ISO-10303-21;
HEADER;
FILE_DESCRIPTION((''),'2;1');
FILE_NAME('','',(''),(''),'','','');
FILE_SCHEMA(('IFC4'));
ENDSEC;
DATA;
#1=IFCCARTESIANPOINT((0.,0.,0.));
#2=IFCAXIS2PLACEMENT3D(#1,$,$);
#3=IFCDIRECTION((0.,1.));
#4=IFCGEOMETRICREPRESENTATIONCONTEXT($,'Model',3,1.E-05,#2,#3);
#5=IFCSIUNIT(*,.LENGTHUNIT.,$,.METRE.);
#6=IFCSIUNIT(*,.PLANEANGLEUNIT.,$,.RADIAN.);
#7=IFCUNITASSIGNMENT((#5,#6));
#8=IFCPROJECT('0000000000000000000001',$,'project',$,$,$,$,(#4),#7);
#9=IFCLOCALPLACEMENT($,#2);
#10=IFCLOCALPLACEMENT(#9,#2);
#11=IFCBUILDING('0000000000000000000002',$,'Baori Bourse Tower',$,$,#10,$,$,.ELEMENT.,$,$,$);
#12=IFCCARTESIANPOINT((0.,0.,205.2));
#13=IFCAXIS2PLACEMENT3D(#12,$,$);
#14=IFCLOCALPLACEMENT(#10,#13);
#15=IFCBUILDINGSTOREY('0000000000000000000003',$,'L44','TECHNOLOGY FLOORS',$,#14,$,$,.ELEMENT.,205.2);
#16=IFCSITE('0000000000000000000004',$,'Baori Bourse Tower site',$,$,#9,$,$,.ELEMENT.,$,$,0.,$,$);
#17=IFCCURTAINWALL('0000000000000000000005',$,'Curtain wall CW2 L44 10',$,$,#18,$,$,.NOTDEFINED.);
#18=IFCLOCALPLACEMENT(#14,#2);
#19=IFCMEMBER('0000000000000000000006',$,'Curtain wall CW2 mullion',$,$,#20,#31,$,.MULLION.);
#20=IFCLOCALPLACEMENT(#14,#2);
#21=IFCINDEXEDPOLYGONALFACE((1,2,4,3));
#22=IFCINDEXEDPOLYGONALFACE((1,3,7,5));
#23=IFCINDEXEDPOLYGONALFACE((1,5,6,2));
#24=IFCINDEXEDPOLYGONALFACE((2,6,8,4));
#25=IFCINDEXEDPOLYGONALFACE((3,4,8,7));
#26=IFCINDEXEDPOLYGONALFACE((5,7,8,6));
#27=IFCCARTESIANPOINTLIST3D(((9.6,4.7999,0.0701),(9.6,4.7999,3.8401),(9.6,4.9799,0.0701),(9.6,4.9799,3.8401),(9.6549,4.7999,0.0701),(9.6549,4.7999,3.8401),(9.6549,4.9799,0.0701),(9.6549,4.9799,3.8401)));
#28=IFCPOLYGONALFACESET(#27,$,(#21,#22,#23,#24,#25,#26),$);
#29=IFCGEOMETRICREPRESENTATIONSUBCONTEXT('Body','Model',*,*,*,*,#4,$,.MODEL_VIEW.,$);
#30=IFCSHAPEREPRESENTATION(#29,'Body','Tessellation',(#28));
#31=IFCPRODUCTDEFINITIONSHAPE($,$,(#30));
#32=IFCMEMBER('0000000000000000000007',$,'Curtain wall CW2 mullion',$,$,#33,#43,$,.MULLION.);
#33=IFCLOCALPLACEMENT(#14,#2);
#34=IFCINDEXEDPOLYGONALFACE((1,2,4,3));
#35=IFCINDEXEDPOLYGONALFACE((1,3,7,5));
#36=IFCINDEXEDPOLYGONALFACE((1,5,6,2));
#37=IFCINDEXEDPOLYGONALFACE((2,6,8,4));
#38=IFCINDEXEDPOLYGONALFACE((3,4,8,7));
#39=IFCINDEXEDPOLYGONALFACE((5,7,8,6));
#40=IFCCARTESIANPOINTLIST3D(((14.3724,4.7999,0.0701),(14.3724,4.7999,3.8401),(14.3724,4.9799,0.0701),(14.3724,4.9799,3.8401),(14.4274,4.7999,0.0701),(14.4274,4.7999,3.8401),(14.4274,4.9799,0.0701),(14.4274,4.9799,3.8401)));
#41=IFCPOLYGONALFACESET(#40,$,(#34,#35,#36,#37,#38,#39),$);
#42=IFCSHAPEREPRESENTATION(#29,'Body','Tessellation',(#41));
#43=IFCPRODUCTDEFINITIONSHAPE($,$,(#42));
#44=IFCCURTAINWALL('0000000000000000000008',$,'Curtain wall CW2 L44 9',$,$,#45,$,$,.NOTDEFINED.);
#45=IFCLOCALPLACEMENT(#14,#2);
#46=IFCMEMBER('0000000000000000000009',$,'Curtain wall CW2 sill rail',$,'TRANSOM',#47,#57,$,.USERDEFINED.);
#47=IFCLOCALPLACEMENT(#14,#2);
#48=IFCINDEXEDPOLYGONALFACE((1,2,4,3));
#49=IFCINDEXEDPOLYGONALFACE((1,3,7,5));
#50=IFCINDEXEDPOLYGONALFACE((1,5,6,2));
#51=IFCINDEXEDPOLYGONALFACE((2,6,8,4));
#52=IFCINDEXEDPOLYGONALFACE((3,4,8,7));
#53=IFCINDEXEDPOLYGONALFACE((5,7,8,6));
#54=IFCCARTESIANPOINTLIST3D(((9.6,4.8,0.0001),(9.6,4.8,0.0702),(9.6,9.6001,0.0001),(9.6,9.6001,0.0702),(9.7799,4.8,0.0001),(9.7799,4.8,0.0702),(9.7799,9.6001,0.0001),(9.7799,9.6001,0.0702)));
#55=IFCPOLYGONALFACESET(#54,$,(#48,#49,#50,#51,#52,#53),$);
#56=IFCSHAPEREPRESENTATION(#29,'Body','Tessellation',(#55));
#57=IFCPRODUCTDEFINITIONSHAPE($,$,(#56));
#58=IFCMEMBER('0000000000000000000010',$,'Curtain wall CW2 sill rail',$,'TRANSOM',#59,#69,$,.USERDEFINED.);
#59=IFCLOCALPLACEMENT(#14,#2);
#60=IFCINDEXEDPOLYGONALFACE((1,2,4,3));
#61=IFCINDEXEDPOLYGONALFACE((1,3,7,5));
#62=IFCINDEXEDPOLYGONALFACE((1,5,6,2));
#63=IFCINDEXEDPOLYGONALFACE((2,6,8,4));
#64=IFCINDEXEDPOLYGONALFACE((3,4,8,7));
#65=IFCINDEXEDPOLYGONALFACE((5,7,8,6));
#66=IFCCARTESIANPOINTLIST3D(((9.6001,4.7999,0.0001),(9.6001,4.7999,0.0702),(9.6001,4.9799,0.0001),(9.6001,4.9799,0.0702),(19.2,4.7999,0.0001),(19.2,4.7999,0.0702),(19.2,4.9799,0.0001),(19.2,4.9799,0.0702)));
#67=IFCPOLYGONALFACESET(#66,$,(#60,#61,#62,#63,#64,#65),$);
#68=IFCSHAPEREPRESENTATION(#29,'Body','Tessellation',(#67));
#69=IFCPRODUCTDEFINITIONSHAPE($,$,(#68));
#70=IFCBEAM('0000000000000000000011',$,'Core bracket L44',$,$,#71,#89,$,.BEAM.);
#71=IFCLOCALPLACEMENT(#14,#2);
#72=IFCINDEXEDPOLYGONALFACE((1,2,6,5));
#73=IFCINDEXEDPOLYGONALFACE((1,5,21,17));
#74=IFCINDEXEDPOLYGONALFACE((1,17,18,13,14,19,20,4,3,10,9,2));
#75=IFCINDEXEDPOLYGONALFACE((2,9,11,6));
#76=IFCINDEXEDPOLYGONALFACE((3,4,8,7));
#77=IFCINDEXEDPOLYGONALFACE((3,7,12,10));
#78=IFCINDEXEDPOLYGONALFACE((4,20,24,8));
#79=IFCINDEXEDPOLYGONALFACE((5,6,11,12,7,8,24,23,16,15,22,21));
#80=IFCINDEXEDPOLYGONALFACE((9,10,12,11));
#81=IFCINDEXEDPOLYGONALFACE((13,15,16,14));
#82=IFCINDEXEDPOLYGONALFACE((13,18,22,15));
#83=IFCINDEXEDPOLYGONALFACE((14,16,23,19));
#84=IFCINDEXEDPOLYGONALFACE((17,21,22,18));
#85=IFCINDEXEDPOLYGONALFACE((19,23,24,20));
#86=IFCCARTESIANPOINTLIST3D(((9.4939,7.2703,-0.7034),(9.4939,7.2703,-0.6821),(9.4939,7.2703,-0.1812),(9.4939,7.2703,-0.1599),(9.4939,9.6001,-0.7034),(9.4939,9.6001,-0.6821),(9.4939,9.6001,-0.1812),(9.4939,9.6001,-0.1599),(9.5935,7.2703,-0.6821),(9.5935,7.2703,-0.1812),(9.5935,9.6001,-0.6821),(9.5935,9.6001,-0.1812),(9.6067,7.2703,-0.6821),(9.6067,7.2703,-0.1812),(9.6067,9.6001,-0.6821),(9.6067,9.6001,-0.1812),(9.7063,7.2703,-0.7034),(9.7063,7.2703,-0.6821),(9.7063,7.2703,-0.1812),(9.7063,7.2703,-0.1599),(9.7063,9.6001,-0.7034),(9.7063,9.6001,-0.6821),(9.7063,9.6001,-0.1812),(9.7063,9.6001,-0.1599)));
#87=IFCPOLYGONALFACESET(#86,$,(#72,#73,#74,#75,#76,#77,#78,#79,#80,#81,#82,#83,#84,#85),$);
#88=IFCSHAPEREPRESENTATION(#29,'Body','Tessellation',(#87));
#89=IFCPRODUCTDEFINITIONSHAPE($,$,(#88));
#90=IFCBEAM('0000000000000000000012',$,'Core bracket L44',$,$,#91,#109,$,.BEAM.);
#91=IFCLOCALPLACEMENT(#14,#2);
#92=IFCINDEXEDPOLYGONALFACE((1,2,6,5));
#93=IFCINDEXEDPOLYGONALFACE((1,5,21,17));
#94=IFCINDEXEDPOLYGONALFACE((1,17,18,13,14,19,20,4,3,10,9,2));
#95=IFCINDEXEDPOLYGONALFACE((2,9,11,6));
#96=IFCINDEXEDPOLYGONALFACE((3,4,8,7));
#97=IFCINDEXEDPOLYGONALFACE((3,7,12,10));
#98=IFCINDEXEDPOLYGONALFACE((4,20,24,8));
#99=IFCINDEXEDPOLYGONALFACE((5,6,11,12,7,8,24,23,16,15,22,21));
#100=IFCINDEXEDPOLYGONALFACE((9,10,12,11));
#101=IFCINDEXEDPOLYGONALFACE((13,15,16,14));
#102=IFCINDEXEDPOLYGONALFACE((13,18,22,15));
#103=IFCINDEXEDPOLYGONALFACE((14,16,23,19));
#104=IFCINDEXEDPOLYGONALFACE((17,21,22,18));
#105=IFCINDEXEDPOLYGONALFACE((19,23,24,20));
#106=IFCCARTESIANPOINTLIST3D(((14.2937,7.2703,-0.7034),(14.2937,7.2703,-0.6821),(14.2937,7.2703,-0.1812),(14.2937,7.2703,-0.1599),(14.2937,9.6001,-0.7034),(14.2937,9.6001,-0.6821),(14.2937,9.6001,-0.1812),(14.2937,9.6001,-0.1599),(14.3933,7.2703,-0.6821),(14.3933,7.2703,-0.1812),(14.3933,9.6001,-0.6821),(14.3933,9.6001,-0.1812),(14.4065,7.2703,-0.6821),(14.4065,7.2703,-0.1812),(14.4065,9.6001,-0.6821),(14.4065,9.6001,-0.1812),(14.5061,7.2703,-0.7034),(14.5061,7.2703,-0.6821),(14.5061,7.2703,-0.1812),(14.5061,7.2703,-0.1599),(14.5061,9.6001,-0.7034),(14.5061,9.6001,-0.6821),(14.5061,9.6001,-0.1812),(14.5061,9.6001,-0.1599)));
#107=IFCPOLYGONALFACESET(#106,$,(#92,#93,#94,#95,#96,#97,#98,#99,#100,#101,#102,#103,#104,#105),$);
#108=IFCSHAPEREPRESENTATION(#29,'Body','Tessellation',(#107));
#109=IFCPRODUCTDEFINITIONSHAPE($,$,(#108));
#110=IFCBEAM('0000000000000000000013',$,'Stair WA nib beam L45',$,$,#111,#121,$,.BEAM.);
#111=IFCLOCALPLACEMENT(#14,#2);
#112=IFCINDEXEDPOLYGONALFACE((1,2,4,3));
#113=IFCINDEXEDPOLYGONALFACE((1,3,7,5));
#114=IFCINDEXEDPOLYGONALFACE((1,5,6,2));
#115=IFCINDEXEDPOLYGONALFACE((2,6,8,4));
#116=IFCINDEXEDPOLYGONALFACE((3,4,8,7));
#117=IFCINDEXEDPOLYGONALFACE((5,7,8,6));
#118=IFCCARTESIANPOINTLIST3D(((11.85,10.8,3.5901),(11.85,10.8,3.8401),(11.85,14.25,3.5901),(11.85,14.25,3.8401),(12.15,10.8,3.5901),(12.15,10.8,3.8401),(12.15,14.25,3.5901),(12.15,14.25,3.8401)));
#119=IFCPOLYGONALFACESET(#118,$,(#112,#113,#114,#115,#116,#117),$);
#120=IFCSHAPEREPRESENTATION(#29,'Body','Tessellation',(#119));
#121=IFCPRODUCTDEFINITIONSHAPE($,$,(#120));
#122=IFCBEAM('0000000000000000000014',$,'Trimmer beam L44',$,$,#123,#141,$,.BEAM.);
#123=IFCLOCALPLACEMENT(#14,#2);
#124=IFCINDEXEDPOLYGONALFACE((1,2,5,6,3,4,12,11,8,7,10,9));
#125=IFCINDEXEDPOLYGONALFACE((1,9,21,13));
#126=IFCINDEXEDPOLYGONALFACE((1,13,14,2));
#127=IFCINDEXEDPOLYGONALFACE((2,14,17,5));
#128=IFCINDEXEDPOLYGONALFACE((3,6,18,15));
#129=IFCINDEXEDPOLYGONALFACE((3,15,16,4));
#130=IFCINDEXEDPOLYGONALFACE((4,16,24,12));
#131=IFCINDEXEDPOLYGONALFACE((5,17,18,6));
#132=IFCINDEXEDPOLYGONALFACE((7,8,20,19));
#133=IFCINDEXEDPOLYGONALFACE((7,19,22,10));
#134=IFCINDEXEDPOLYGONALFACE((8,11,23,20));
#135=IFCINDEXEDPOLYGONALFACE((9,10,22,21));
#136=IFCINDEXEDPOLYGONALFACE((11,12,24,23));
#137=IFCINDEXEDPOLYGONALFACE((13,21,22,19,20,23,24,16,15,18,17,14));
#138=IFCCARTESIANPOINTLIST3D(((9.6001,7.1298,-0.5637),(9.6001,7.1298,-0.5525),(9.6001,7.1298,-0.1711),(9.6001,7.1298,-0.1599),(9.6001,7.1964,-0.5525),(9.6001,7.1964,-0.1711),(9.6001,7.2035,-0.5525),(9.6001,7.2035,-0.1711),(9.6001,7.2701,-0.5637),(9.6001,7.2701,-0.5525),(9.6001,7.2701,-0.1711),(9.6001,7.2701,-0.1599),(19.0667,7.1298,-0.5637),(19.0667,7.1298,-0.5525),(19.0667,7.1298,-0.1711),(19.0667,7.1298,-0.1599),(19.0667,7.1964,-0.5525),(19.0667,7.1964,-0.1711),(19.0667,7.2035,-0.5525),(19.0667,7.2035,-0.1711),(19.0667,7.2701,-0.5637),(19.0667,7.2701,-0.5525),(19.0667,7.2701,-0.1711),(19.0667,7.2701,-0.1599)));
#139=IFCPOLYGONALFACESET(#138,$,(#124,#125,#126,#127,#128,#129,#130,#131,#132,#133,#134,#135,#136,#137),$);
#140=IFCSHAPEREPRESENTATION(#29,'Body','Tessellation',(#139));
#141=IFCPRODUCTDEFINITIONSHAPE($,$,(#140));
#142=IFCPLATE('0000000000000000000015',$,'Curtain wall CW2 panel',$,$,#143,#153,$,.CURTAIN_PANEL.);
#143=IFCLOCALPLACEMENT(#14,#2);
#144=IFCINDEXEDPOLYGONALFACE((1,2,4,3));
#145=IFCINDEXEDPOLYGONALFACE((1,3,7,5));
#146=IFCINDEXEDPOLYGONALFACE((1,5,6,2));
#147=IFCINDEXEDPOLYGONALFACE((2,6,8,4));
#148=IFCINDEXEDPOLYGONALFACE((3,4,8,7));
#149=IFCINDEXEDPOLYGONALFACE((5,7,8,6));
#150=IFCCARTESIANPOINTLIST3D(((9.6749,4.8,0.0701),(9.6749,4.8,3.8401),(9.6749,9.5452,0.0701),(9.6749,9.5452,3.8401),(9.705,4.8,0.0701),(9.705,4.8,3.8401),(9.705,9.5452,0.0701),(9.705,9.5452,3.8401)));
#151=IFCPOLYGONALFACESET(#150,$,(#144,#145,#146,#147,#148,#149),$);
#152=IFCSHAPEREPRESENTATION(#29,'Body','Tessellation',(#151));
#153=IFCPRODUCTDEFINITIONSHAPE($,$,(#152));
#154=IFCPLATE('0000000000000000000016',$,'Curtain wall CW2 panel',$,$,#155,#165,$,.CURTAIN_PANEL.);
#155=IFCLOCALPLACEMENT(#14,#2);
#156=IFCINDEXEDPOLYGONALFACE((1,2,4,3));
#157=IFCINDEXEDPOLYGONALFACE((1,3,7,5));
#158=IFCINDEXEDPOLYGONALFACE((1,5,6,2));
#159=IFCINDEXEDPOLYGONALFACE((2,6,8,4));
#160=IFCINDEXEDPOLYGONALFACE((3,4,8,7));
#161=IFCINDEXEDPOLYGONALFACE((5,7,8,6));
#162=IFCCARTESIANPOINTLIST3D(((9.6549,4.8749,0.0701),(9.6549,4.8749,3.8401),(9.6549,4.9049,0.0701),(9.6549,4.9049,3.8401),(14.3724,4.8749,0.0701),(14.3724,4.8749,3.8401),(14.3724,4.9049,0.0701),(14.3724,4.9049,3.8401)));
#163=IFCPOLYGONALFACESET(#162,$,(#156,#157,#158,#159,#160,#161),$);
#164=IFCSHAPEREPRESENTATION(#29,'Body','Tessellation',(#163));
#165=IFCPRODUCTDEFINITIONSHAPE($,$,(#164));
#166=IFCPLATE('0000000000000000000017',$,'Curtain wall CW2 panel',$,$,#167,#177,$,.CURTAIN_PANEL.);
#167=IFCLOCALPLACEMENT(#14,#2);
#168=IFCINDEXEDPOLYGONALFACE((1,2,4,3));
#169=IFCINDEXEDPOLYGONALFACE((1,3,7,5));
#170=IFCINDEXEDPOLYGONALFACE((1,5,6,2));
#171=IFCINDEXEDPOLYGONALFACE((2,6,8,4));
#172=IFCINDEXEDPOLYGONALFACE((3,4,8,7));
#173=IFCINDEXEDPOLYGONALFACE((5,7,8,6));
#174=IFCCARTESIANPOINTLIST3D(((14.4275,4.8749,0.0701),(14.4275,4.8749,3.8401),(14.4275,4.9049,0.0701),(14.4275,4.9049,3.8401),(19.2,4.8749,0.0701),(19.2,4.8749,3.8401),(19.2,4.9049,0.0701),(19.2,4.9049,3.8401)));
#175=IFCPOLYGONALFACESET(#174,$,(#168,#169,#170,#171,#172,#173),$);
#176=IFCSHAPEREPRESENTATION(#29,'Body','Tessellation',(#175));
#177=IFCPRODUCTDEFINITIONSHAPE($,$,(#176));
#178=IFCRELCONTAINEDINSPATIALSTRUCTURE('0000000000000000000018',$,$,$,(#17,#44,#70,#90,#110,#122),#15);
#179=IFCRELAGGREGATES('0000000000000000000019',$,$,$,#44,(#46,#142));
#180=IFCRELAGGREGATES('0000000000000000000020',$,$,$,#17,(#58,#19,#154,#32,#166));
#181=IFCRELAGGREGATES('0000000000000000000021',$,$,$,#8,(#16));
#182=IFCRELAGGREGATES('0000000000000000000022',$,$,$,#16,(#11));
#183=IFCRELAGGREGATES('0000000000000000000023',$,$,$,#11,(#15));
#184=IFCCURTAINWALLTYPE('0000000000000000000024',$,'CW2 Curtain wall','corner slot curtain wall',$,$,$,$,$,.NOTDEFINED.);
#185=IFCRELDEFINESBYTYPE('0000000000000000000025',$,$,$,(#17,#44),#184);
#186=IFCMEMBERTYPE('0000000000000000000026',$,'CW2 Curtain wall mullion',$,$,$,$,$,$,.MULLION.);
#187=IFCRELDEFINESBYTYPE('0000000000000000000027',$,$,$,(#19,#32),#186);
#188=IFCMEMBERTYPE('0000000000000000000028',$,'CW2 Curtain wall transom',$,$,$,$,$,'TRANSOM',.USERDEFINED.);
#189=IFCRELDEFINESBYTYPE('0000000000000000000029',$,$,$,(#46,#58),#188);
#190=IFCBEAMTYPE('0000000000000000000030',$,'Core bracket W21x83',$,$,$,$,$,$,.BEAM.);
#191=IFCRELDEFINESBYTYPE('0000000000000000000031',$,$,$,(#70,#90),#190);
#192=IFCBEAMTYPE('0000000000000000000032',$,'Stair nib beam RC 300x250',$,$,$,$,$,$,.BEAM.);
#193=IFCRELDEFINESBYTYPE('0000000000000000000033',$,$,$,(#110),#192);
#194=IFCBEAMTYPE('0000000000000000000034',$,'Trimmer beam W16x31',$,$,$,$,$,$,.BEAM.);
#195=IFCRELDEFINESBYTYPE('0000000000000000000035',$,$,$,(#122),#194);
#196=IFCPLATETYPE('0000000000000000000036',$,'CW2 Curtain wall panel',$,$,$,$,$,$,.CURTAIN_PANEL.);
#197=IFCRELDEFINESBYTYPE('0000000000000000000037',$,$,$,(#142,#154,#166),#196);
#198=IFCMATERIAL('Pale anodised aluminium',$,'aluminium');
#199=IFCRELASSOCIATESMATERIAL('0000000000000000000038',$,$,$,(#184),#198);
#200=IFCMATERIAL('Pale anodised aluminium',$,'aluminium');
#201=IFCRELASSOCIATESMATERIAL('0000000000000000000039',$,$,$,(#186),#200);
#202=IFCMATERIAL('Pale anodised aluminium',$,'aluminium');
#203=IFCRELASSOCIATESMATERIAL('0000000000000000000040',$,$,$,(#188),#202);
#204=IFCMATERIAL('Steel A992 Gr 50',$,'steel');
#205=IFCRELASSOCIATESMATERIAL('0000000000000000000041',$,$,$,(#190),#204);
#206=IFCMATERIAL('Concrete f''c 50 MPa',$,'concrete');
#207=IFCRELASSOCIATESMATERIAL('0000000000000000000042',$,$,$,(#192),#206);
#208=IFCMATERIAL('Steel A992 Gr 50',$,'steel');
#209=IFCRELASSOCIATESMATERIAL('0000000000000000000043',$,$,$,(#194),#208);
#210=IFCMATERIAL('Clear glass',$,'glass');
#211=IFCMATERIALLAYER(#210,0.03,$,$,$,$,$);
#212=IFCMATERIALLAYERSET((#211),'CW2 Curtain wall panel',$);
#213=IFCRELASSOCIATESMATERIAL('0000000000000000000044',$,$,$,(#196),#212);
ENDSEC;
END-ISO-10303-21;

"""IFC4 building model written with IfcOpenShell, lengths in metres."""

from ifc_helpers import new_model, si_unit, direction, frame, origin, origin_2d, place, context, subcontext, project, spatial, rectangle, i_section, extrude, material, layer, layer_set, material_profile, profile_set, type_object, element, aggregate, save


model = new_model("IFC4")

# Units and contexts
model_context = context("Model", 3, precision=1e-05, world=origin(), true_north=direction((0.0, 1.0)))
body_context = subcontext(model_context, "Body", "Model", "MODEL_VIEW")
ifc_project = project(units=[si_unit("LENGTHUNIT", "METRE"), si_unit("PLANEANGLEUNIT", "RADIAN")], contexts=[model_context])

# Site, building, storey
site_placement = place(None, origin())
site = spatial("IfcSite", under=ifc_project, at=site_placement, Name="Baori Bourse Tower site", CompositionType="ELEMENT", RefElevation=0.0)
building_placement = place(site_placement, origin())
building = spatial("IfcBuilding", under=site, at=building_placement, Name="Baori Bourse Tower", CompositionType="ELEMENT")
storey_placement = place(building_placement, frame((0.0, 0.0, 205.2)))
storey = spatial("IfcBuildingStorey", under=building, at=storey_placement, Name="L44", Description="TECHNOLOGY FLOORS", CompositionType="ELEMENT", Elevation=205.2)

# Curtain wall, members
ifc_material_1 = material(Name="Pale anodised aluminium", Category="aluminium")
curtain_wall_type = type_object("IfcCurtainWallType", Name="CW2 Curtain wall", Description="corner slot curtain wall", PredefinedType="NOTDEFINED", material=ifc_material_1)
curtain_wall_1_placement = place(storey_placement, origin())
curtain_wall_1 = element("IfcCurtainWall", 1, at=curtain_wall_1_placement, inside=storey, type_object=curtain_wall_type, Name="Curtain wall CW2 L44 10", PredefinedType="NOTDEFINED")
ifc_material_2 = material(Name="Pale anodised aluminium", Category="aluminium")
ifc_material_profile_1 = material_profile(ifc_material_2, rectangle(XDim=0.1799, YDim=0.0549, at=origin_2d()), Name="Mullion 55x180")
ifc_profile_set_1 = profile_set([ifc_material_profile_1], Name="Pale anodised aluminium")
member_type_1 = type_object("IfcMemberType", Name="CW2 Curtain wall mullion", PredefinedType="MULLION", material=ifc_profile_set_1)
member_1_placement = place(storey_placement, frame((9.6274, 4.8899, 0.0701), z_axis=(0.0, 0.0, 1.0), x_axis=(0.0, 1.0, 0.0)))
member_1 = element("IfcMember", 2, at=member_1_placement, type_object=member_type_1, Name="Curtain wall CW2 mullion", PredefinedType="MULLION", context=body_context, shape_type="SweptSolid", body=[
    extrude(rectangle(XDim=0.1799, YDim=0.0549, at=origin_2d()), origin(), (0.0, 0.0, 1.0), 3.77),
])
member_2_placement = place(storey_placement, frame((14.3999, 4.8899, 0.0701), z_axis=(0.0, 0.0, 1.0), x_axis=(0.0, 1.0, 0.0)))
member_2 = element("IfcMember", 3, at=member_2_placement, type_object=member_type_1, Name="Curtain wall CW2 mullion", PredefinedType="MULLION", context=body_context, shape_type="SweptSolid", body=[
    extrude(rectangle(XDim=0.1799, YDim=0.0549, at=origin_2d()), origin(), (0.0, 0.0, 1.0), 3.77),
])

# Curtain wall, member
curtain_wall_2_placement = place(storey_placement, origin())
curtain_wall_2 = element("IfcCurtainWall", 4, at=curtain_wall_2_placement, inside=storey, type_object=curtain_wall_type, Name="Curtain wall CW2 L44 9", PredefinedType="NOTDEFINED")
ifc_material_3 = material(Name="Pale anodised aluminium", Category="aluminium")
ifc_material_profile_2 = material_profile(ifc_material_3, rectangle(XDim=0.1799, YDim=0.0701, at=origin_2d()), Name="Transom 70x180")
ifc_profile_set_2 = profile_set([ifc_material_profile_2], Name="Pale anodised aluminium")
member_type_2 = type_object("IfcMemberType", Name="CW2 Curtain wall transom", ElementType="TRANSOM", PredefinedType="USERDEFINED", material=ifc_profile_set_2)
member_3_placement = place(storey_placement, frame((9.6899, 9.6001, 0.0352), z_axis=(0.0, -1.0, 0.0), x_axis=(1.0, 0.0, 0.0)))
member_3 = element("IfcMember", 5, at=member_3_placement, type_object=member_type_2, Name="Curtain wall CW2 sill rail", ObjectType="TRANSOM", PredefinedType="USERDEFINED", context=body_context, shape_type="SweptSolid", body=[
    extrude(rectangle(XDim=0.1799, YDim=0.0701, at=origin_2d()), origin(), (0.0, 0.0, 1.0), 4.8),
])

# Member
member_4_placement = place(storey_placement, frame((9.6001, 4.8899, 0.0352), z_axis=(1.0, 0.0, 0.0), x_axis=(0.0, 1.0, 0.0)))
member_4 = element("IfcMember", 6, at=member_4_placement, type_object=member_type_2, Name="Curtain wall CW2 sill rail", ObjectType="TRANSOM", PredefinedType="USERDEFINED", context=body_context, shape_type="SweptSolid", body=[
    extrude(rectangle(XDim=0.1799, YDim=0.0701, at=origin_2d()), origin(), (0.0, 0.0, 1.0), 9.5999),
])

# Beams
ifc_material_4 = material(Name="Steel A992 Gr 50", Category="steel")
ifc_material_profile_3 = material_profile(ifc_material_4, i_section(OverallWidth=0.2124, OverallDepth=0.5435, WebThickness=0.0132, FlangeThickness=0.0212, at=origin_2d()), Name="W21x83")
ifc_profile_set_3 = profile_set([ifc_material_profile_3], Name="Steel A992 Gr 50")
beam_type_1 = type_object("IfcBeamType", Name="Core bracket W21x83", PredefinedType="BEAM", material=ifc_profile_set_3)
for number, where, z_axis, x_axis, name in (
    (7, (9.6001, 7.2703, -0.4316), (0.0, 1.0, 0.0), (-1.0, 0.0, 0.0), "Core bracket L44"),
    (8, (14.3999, 7.2703, -0.4316), (0.0, 1.0, 0.0), (-1.0, 0.0, 0.0), "Core bracket L44"),
):
    element("IfcBeam", number, at=place(storey_placement, frame(where, z_axis=z_axis, x_axis=x_axis)), inside=storey, type_object=beam_type_1, Name=name, PredefinedType="BEAM", context=body_context, shape_type="SweptSolid", body=[
        extrude(i_section(OverallWidth=0.2124, OverallDepth=0.5435, WebThickness=0.0132, FlangeThickness=0.0212, at=origin_2d()), origin(), (0.0, 0.0, 1.0), 2.3298),
    ])
ifc_material_5 = material(Name="Concrete f'c 50 MPa", Category="concrete")
ifc_material_profile_4 = material_profile(ifc_material_5, rectangle(XDim=0.3, YDim=0.25, at=origin_2d()), Name="RC 300x250")
ifc_profile_set_4 = profile_set([ifc_material_profile_4], Name="Concrete f'c 50 MPa")
beam_type_2 = type_object("IfcBeamType", Name="Stair nib beam RC 300x250", PredefinedType="BEAM", material=ifc_profile_set_4)
beam_1_placement = place(storey_placement, frame((12.0, 10.8, 3.7151), z_axis=(0.0, 1.0, 0.0), x_axis=(-1.0, 0.0, 0.0)))
element("IfcBeam", 9, at=beam_1_placement, inside=storey, type_object=beam_type_2, Name="Stair WA nib beam L45", PredefinedType="BEAM", context=body_context, shape_type="SweptSolid", body=[
    extrude(rectangle(XDim=0.3, YDim=0.25, at=origin_2d()), origin(), (0.0, 0.0, 1.0), 3.45),
])
ifc_material_6 = material(Name="Steel A992 Gr 50", Category="steel")
ifc_material_profile_5 = material_profile(ifc_material_6, i_section(OverallWidth=0.1404, OverallDepth=0.4038, WebThickness=0.0071, FlangeThickness=0.0112, at=origin_2d()), Name="W16x31")
ifc_profile_set_5 = profile_set([ifc_material_profile_5], Name="Steel A992 Gr 50")
beam_type_3 = type_object("IfcBeamType", Name="Trimmer beam W16x31", PredefinedType="BEAM", material=ifc_profile_set_5)
beam_2_placement = place(storey_placement, frame((9.6001, 7.2, -0.3618), z_axis=(1.0, 0.0, 0.0), x_axis=(0.0, 1.0, 0.0)))
element("IfcBeam", 10, at=beam_2_placement, inside=storey, type_object=beam_type_3, Name="Trimmer beam L44", PredefinedType="BEAM", context=body_context, shape_type="SweptSolid", body=[
    extrude(i_section(OverallWidth=0.1404, OverallDepth=0.4038, WebThickness=0.0071, FlangeThickness=0.0112, at=origin_2d()), origin(), (0.0, 0.0, 1.0), 9.4666),
])

# Plates
ifc_material_7 = material(Name="Clear glass", Category="glass")
ifc_layer_1 = layer(ifc_material_7, 0.03)
ifc_layer_set_1 = layer_set([ifc_layer_1], Name="CW2 Curtain wall panel")
plate_type = type_object("IfcPlateType", Name="CW2 Curtain wall panel", PredefinedType="CURTAIN_PANEL", material=ifc_layer_set_1)
plate_1_placement = place(storey_placement, frame((9.6899, 7.1726, 0.0701), z_axis=(0.0, 0.0, 1.0), x_axis=(0.0, -1.0, 0.0)))
plate_1 = element("IfcPlate", 11, at=plate_1_placement, type_object=plate_type, Name="Curtain wall CW2 panel", PredefinedType="CURTAIN_PANEL", context=body_context, shape_type="SweptSolid", body=[
    extrude(rectangle(XDim=4.7451, YDim=0.03, at=origin_2d()), origin(), (0.0, 0.0, 1.0), 3.77),
])
aggregate(curtain_wall_2, [member_3, plate_1])
plate_2_placement = place(storey_placement, frame((12.0137, 4.8899, 0.0701), z_axis=(0.0, 0.0, 1.0), x_axis=(1.0, 0.0, 0.0)))
plate_2 = element("IfcPlate", 12, at=plate_2_placement, type_object=plate_type, Name="Curtain wall CW2 panel", PredefinedType="CURTAIN_PANEL", context=body_context, shape_type="SweptSolid", body=[
    extrude(rectangle(XDim=4.7175, YDim=0.03, at=origin_2d()), origin(), (0.0, 0.0, 1.0), 3.77),
])
plate_3_placement = place(storey_placement, frame((16.8137, 4.8899, 0.0701), z_axis=(0.0, 0.0, 1.0), x_axis=(1.0, 0.0, 0.0)))
plate_3 = element("IfcPlate", 13, at=plate_3_placement, type_object=plate_type, Name="Curtain wall CW2 panel", PredefinedType="CURTAIN_PANEL", context=body_context, shape_type="SweptSolid", body=[
    extrude(rectangle(XDim=4.7725, YDim=0.03, at=origin_2d()), origin(), (0.0, 0.0, 1.0), 3.77),
])
aggregate(curtain_wall_1, [member_4, member_1, plate_2, member_2, plate_3])

save(model, "model.ifc")
